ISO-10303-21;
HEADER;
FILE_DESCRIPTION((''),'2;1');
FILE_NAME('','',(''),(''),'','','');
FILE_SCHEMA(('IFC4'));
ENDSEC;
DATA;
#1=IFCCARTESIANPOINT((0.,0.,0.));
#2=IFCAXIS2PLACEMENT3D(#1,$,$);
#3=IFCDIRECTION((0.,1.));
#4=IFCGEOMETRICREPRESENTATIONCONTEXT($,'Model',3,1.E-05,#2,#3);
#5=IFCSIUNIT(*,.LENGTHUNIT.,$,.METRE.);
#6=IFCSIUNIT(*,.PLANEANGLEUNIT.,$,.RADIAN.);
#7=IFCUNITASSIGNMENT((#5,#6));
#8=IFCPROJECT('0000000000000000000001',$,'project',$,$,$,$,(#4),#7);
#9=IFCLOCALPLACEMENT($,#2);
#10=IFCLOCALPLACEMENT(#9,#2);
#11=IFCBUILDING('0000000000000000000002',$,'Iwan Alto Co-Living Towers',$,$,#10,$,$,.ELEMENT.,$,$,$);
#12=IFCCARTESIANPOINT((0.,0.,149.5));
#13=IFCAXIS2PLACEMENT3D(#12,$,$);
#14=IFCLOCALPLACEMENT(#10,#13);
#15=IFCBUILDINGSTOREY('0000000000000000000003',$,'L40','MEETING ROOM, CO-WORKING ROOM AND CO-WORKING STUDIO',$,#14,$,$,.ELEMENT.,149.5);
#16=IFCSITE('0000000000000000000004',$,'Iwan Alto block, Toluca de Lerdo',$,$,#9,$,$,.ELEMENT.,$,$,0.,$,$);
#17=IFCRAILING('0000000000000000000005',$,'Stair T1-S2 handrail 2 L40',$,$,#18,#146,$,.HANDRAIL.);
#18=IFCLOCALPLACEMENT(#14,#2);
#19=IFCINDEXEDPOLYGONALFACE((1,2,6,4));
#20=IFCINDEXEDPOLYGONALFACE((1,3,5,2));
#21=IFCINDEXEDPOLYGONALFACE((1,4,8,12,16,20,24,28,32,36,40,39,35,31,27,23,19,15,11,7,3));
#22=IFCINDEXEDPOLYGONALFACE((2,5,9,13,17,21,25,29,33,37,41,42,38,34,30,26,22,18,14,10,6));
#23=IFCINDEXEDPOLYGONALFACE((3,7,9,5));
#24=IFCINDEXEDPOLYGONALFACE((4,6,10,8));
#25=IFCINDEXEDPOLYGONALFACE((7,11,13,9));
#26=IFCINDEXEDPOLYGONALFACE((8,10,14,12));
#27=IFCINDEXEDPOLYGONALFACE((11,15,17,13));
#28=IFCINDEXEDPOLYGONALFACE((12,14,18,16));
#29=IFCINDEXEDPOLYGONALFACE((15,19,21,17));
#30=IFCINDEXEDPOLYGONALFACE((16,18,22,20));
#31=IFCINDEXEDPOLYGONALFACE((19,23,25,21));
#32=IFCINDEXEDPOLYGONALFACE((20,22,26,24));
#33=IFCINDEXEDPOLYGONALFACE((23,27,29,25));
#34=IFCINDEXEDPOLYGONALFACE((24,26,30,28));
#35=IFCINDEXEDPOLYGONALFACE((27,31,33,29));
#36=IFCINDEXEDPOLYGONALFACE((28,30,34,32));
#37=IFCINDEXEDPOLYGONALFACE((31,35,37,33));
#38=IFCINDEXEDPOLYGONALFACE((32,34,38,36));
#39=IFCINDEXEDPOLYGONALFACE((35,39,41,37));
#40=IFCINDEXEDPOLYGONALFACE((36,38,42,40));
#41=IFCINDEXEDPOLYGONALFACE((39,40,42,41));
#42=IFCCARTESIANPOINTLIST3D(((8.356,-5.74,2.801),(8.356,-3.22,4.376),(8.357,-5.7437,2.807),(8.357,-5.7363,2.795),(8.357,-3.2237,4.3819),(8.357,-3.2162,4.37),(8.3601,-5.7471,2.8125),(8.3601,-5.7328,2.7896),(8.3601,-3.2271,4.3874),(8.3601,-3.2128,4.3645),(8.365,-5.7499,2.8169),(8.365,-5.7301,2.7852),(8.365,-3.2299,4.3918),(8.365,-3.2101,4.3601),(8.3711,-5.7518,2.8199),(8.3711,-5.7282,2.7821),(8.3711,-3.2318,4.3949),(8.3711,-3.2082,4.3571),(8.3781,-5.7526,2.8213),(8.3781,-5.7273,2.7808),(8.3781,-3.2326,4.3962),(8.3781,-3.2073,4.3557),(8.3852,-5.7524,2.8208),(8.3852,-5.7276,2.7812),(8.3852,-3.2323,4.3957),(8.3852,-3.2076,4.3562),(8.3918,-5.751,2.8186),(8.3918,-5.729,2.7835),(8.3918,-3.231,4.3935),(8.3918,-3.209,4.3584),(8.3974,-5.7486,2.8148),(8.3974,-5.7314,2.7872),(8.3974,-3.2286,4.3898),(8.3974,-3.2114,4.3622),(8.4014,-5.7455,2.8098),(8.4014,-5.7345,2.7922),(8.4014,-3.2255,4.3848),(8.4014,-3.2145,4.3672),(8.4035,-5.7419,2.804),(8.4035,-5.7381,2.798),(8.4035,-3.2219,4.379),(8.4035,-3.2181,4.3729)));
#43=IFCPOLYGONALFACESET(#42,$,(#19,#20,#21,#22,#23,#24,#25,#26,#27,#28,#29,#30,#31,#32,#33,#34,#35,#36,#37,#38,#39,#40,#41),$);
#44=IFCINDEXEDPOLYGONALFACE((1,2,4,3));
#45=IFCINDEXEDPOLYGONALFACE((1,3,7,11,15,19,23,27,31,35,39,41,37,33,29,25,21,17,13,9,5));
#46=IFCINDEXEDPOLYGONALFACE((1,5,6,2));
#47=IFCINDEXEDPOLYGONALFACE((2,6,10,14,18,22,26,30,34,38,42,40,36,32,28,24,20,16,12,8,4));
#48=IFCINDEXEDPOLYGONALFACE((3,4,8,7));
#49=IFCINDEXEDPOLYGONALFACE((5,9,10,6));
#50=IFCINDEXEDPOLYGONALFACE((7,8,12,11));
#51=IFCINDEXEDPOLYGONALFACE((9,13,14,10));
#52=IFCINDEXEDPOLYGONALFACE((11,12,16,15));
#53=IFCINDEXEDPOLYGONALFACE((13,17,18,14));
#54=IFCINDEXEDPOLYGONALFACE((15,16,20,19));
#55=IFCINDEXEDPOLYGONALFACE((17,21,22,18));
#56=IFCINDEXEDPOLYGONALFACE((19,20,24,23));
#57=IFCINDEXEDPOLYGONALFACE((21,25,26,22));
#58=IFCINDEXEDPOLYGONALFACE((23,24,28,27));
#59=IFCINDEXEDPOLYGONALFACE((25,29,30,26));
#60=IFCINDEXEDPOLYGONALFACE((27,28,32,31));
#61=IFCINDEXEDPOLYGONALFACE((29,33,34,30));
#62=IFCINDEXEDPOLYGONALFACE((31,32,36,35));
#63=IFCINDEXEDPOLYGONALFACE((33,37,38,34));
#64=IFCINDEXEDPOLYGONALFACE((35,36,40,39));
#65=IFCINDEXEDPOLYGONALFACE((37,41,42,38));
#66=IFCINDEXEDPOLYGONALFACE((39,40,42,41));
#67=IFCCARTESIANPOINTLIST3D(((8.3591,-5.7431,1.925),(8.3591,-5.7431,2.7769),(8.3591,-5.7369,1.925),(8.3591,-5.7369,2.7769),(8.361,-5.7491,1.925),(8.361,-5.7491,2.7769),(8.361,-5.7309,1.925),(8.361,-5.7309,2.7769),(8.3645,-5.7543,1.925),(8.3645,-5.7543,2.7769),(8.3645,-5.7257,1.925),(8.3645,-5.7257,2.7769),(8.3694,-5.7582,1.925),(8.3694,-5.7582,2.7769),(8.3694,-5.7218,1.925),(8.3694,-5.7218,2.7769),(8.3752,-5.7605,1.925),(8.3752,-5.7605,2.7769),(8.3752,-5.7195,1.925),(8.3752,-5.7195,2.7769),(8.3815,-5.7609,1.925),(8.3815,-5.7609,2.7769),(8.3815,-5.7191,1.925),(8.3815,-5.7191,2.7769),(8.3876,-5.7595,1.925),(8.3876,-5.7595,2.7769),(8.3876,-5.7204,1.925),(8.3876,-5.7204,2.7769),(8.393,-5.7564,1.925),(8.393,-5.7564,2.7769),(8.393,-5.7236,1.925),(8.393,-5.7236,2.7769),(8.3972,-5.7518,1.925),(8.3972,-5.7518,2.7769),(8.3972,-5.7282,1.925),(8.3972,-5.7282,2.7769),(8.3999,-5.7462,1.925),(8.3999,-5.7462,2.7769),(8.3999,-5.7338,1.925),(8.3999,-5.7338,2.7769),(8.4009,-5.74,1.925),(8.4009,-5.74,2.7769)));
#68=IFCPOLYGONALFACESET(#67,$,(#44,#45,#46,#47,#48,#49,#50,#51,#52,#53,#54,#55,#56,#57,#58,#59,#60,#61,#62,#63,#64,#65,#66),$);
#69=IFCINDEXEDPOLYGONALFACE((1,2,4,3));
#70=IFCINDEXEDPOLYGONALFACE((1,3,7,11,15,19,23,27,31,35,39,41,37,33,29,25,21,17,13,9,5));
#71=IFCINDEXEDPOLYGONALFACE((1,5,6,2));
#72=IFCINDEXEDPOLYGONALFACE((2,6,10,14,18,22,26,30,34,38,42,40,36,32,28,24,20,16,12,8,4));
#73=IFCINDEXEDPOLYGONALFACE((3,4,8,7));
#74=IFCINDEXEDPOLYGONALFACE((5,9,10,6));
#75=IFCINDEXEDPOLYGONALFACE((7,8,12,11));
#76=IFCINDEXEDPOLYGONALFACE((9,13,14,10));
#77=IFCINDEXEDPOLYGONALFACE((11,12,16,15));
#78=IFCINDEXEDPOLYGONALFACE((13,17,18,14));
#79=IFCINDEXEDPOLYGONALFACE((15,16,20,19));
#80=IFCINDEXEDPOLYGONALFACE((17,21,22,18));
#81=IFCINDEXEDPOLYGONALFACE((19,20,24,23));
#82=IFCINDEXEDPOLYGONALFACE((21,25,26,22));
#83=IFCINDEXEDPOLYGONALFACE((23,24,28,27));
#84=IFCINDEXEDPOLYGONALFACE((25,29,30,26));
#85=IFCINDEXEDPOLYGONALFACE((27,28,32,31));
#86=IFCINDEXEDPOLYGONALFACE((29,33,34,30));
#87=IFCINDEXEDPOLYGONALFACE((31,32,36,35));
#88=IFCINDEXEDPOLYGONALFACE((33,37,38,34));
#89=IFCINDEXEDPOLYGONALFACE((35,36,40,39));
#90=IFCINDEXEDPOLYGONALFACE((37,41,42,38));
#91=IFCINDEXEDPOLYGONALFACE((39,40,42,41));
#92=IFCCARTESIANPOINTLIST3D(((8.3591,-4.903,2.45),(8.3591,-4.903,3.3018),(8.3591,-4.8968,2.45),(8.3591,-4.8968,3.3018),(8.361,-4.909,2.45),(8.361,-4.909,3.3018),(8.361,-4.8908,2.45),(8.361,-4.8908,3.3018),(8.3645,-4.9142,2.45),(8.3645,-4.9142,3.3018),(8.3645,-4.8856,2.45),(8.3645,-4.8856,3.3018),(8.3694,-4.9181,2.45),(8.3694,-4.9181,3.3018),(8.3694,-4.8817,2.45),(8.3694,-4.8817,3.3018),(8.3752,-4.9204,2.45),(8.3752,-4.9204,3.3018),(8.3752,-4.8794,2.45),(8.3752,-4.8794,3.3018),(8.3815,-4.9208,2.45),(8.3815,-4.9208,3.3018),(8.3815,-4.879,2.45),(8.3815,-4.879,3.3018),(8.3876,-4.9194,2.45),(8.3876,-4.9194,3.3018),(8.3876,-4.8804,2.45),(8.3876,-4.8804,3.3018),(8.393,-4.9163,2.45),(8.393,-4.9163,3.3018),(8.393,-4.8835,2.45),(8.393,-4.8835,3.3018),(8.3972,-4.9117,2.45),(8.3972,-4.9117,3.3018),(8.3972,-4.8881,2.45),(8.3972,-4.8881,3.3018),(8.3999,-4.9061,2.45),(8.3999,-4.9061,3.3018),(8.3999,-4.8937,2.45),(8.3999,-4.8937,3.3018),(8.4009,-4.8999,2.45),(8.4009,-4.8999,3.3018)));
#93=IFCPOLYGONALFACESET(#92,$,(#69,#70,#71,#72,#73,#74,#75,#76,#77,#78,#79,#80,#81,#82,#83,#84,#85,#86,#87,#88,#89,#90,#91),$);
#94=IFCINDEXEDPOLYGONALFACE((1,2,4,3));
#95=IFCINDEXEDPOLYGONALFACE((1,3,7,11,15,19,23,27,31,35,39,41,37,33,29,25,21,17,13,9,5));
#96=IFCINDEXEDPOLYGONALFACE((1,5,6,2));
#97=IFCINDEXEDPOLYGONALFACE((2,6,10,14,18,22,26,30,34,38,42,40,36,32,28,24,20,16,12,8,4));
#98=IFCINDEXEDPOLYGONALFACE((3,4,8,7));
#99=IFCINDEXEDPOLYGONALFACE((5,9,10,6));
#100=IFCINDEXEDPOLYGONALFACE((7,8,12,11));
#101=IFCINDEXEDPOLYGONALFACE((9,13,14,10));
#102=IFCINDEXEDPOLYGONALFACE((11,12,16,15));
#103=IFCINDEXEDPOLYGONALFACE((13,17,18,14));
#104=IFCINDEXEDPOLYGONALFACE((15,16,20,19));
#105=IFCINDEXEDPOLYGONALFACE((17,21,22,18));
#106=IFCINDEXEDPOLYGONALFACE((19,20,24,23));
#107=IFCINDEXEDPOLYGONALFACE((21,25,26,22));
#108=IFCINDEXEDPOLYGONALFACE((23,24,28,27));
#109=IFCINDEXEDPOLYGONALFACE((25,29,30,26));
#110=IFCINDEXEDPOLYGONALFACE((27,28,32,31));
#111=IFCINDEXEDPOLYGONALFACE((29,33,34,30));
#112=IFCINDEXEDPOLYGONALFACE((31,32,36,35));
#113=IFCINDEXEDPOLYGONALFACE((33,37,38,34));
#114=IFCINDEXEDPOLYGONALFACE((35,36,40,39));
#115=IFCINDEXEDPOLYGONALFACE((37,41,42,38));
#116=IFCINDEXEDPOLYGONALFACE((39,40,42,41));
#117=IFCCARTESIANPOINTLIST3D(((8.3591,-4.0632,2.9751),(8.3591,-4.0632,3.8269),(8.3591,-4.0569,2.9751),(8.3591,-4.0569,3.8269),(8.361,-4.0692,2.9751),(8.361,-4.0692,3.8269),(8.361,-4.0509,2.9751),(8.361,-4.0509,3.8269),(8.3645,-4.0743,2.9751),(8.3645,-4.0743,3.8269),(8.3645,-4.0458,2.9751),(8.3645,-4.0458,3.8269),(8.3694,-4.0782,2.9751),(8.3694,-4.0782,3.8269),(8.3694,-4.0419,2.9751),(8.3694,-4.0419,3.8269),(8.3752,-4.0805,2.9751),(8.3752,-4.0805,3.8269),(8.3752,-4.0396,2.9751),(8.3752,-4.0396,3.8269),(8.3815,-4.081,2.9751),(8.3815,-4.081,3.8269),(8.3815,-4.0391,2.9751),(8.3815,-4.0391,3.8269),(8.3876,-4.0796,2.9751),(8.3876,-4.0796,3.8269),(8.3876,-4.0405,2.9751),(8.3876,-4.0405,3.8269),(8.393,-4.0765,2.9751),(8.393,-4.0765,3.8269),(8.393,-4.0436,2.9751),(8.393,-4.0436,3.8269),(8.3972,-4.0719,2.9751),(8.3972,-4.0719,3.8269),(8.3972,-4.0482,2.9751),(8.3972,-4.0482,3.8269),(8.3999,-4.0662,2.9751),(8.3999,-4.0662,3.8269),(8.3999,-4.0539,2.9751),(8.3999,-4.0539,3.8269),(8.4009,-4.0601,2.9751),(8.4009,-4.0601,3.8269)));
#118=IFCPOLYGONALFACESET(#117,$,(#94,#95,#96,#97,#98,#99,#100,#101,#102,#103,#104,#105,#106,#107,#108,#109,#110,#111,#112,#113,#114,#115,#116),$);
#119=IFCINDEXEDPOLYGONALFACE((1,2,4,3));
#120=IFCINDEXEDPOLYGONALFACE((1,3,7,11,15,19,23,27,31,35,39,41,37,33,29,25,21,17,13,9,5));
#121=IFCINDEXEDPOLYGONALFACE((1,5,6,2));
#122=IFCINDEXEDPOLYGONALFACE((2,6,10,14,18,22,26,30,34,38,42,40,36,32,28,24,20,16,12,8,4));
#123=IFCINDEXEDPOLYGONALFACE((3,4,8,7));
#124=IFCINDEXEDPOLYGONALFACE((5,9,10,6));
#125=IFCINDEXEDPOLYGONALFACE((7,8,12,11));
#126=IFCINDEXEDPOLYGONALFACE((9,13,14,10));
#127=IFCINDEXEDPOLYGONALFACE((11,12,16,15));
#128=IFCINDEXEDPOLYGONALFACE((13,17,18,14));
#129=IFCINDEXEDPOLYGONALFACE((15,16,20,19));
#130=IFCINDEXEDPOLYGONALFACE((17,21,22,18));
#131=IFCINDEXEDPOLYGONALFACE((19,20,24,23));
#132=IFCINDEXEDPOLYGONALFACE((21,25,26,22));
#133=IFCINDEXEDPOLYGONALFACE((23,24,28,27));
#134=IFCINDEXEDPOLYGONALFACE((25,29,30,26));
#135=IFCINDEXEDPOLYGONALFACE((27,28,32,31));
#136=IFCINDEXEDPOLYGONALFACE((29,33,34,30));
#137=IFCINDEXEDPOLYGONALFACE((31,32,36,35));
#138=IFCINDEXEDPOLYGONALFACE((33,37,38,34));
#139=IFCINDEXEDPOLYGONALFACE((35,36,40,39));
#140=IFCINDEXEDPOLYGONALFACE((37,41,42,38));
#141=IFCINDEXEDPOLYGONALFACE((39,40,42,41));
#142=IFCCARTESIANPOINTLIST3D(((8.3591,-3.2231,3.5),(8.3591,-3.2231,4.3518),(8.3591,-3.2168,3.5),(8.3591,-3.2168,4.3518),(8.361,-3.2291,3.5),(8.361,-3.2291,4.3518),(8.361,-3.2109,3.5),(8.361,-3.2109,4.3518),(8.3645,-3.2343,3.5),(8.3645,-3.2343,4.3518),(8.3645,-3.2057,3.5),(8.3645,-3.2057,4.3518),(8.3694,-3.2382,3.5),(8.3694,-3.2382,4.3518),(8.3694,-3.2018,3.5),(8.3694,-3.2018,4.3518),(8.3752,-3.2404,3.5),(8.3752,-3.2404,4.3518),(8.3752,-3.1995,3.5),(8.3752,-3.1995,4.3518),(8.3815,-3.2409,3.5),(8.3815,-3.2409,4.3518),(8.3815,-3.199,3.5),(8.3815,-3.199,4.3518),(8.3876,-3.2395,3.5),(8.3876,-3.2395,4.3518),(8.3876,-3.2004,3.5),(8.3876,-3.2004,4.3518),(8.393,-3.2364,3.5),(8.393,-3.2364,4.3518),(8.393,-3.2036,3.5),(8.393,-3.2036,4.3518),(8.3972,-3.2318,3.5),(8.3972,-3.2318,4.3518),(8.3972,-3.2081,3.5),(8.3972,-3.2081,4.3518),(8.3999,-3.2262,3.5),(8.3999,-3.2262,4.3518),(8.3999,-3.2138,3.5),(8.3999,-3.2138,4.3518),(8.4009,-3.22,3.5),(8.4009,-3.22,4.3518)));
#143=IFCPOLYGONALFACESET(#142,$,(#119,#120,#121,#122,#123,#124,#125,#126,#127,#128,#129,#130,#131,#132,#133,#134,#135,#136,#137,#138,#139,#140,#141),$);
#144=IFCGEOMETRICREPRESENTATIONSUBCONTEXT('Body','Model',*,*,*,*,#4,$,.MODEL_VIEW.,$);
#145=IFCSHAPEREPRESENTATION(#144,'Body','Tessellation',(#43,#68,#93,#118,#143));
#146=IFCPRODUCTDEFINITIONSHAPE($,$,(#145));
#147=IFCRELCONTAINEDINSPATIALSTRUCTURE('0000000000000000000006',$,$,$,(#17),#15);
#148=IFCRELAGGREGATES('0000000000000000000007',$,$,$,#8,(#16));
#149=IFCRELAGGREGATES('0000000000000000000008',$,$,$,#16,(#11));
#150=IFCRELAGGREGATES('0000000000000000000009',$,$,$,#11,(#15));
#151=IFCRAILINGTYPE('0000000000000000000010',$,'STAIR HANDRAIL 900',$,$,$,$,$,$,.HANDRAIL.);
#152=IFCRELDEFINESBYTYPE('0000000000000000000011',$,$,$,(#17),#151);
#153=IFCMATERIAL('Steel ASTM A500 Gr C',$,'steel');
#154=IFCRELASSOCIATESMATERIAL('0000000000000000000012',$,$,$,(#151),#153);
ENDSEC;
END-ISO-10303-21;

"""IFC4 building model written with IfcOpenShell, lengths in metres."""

from ifc_helpers import new_model, si_unit, direction, frame, origin, origin_2d, place, context, subcontext, project, spatial, circle, extrude, material, type_object, element, save


model = new_model("IFC4")

# Units and contexts
model_context = context("Model", 3, precision=1e-05, world=origin(), true_north=direction((0.0, 1.0)))
body_context = subcontext(model_context, "Body", "Model", "MODEL_VIEW")
ifc_project = project(units=[si_unit("LENGTHUNIT", "METRE"), si_unit("PLANEANGLEUNIT", "RADIAN")], contexts=[model_context])

# Site, building, storey
site_placement = place(None, origin())
site = spatial("IfcSite", under=ifc_project, at=site_placement, Name="Iwan Alto block, Toluca de Lerdo", CompositionType="ELEMENT", RefElevation=0.0)
building_placement = place(site_placement, origin())
building = spatial("IfcBuilding", under=site, at=building_placement, Name="Iwan Alto Co-Living Towers", CompositionType="ELEMENT")
storey_placement = place(building_placement, frame((0.0, 0.0, 149.5)))
storey = spatial("IfcBuildingStorey", under=building, at=storey_placement, Name="L40", Description="MEETING ROOM, CO-WORKING ROOM AND CO-WORKING STUDIO", CompositionType="ELEMENT", Elevation=149.5)

# Railing
ifc_material_1 = material(Name="Steel ASTM A500 Gr C", Category="steel")
railing_type_1 = type_object("IfcRailingType", Name="STAIR HANDRAIL 900", PredefinedType="HANDRAIL", material=ifc_material_1)
railing_1_placement = place(storey_placement, frame((8.3799, -5.74, 1.925)))
element("IfcRailing", 1, at=railing_1_placement, inside=storey, type_object=railing_type_1, Name="Stair T1-S2 handrail 2 L40", PredefinedType="HANDRAIL", context=body_context, shape_type="SweptSolid", body=[
    extrude(circle(Radius=0.0239, at=origin_2d()), frame((0.0, 0.0, 0.876), z_axis=(0.0, 0.848008, 0.529984), x_axis=(-1.0, 0.0, 0.0)), (0.0, 0.0, 1.0), 2.9717),
    extrude(circle(Radius=0.021, at=origin_2d()), origin(), (0.0, 0.0, 1.0), 0.8518),
    extrude(circle(Radius=0.021, at=origin_2d()), frame((0.0, 0.8401, 0.5249)), (0.0, 0.0, 1.0), 0.8518),
    extrude(circle(Radius=0.021, at=origin_2d()), frame((0.0, 1.6799, 1.05)), (0.0, 0.0, 1.0), 0.8518),
    extrude(circle(Radius=0.021, at=origin_2d()), frame((0.0, 2.52, 1.575)), (0.0, 0.0, 1.0), 0.8518),
])

save(model, "model.ifc")
